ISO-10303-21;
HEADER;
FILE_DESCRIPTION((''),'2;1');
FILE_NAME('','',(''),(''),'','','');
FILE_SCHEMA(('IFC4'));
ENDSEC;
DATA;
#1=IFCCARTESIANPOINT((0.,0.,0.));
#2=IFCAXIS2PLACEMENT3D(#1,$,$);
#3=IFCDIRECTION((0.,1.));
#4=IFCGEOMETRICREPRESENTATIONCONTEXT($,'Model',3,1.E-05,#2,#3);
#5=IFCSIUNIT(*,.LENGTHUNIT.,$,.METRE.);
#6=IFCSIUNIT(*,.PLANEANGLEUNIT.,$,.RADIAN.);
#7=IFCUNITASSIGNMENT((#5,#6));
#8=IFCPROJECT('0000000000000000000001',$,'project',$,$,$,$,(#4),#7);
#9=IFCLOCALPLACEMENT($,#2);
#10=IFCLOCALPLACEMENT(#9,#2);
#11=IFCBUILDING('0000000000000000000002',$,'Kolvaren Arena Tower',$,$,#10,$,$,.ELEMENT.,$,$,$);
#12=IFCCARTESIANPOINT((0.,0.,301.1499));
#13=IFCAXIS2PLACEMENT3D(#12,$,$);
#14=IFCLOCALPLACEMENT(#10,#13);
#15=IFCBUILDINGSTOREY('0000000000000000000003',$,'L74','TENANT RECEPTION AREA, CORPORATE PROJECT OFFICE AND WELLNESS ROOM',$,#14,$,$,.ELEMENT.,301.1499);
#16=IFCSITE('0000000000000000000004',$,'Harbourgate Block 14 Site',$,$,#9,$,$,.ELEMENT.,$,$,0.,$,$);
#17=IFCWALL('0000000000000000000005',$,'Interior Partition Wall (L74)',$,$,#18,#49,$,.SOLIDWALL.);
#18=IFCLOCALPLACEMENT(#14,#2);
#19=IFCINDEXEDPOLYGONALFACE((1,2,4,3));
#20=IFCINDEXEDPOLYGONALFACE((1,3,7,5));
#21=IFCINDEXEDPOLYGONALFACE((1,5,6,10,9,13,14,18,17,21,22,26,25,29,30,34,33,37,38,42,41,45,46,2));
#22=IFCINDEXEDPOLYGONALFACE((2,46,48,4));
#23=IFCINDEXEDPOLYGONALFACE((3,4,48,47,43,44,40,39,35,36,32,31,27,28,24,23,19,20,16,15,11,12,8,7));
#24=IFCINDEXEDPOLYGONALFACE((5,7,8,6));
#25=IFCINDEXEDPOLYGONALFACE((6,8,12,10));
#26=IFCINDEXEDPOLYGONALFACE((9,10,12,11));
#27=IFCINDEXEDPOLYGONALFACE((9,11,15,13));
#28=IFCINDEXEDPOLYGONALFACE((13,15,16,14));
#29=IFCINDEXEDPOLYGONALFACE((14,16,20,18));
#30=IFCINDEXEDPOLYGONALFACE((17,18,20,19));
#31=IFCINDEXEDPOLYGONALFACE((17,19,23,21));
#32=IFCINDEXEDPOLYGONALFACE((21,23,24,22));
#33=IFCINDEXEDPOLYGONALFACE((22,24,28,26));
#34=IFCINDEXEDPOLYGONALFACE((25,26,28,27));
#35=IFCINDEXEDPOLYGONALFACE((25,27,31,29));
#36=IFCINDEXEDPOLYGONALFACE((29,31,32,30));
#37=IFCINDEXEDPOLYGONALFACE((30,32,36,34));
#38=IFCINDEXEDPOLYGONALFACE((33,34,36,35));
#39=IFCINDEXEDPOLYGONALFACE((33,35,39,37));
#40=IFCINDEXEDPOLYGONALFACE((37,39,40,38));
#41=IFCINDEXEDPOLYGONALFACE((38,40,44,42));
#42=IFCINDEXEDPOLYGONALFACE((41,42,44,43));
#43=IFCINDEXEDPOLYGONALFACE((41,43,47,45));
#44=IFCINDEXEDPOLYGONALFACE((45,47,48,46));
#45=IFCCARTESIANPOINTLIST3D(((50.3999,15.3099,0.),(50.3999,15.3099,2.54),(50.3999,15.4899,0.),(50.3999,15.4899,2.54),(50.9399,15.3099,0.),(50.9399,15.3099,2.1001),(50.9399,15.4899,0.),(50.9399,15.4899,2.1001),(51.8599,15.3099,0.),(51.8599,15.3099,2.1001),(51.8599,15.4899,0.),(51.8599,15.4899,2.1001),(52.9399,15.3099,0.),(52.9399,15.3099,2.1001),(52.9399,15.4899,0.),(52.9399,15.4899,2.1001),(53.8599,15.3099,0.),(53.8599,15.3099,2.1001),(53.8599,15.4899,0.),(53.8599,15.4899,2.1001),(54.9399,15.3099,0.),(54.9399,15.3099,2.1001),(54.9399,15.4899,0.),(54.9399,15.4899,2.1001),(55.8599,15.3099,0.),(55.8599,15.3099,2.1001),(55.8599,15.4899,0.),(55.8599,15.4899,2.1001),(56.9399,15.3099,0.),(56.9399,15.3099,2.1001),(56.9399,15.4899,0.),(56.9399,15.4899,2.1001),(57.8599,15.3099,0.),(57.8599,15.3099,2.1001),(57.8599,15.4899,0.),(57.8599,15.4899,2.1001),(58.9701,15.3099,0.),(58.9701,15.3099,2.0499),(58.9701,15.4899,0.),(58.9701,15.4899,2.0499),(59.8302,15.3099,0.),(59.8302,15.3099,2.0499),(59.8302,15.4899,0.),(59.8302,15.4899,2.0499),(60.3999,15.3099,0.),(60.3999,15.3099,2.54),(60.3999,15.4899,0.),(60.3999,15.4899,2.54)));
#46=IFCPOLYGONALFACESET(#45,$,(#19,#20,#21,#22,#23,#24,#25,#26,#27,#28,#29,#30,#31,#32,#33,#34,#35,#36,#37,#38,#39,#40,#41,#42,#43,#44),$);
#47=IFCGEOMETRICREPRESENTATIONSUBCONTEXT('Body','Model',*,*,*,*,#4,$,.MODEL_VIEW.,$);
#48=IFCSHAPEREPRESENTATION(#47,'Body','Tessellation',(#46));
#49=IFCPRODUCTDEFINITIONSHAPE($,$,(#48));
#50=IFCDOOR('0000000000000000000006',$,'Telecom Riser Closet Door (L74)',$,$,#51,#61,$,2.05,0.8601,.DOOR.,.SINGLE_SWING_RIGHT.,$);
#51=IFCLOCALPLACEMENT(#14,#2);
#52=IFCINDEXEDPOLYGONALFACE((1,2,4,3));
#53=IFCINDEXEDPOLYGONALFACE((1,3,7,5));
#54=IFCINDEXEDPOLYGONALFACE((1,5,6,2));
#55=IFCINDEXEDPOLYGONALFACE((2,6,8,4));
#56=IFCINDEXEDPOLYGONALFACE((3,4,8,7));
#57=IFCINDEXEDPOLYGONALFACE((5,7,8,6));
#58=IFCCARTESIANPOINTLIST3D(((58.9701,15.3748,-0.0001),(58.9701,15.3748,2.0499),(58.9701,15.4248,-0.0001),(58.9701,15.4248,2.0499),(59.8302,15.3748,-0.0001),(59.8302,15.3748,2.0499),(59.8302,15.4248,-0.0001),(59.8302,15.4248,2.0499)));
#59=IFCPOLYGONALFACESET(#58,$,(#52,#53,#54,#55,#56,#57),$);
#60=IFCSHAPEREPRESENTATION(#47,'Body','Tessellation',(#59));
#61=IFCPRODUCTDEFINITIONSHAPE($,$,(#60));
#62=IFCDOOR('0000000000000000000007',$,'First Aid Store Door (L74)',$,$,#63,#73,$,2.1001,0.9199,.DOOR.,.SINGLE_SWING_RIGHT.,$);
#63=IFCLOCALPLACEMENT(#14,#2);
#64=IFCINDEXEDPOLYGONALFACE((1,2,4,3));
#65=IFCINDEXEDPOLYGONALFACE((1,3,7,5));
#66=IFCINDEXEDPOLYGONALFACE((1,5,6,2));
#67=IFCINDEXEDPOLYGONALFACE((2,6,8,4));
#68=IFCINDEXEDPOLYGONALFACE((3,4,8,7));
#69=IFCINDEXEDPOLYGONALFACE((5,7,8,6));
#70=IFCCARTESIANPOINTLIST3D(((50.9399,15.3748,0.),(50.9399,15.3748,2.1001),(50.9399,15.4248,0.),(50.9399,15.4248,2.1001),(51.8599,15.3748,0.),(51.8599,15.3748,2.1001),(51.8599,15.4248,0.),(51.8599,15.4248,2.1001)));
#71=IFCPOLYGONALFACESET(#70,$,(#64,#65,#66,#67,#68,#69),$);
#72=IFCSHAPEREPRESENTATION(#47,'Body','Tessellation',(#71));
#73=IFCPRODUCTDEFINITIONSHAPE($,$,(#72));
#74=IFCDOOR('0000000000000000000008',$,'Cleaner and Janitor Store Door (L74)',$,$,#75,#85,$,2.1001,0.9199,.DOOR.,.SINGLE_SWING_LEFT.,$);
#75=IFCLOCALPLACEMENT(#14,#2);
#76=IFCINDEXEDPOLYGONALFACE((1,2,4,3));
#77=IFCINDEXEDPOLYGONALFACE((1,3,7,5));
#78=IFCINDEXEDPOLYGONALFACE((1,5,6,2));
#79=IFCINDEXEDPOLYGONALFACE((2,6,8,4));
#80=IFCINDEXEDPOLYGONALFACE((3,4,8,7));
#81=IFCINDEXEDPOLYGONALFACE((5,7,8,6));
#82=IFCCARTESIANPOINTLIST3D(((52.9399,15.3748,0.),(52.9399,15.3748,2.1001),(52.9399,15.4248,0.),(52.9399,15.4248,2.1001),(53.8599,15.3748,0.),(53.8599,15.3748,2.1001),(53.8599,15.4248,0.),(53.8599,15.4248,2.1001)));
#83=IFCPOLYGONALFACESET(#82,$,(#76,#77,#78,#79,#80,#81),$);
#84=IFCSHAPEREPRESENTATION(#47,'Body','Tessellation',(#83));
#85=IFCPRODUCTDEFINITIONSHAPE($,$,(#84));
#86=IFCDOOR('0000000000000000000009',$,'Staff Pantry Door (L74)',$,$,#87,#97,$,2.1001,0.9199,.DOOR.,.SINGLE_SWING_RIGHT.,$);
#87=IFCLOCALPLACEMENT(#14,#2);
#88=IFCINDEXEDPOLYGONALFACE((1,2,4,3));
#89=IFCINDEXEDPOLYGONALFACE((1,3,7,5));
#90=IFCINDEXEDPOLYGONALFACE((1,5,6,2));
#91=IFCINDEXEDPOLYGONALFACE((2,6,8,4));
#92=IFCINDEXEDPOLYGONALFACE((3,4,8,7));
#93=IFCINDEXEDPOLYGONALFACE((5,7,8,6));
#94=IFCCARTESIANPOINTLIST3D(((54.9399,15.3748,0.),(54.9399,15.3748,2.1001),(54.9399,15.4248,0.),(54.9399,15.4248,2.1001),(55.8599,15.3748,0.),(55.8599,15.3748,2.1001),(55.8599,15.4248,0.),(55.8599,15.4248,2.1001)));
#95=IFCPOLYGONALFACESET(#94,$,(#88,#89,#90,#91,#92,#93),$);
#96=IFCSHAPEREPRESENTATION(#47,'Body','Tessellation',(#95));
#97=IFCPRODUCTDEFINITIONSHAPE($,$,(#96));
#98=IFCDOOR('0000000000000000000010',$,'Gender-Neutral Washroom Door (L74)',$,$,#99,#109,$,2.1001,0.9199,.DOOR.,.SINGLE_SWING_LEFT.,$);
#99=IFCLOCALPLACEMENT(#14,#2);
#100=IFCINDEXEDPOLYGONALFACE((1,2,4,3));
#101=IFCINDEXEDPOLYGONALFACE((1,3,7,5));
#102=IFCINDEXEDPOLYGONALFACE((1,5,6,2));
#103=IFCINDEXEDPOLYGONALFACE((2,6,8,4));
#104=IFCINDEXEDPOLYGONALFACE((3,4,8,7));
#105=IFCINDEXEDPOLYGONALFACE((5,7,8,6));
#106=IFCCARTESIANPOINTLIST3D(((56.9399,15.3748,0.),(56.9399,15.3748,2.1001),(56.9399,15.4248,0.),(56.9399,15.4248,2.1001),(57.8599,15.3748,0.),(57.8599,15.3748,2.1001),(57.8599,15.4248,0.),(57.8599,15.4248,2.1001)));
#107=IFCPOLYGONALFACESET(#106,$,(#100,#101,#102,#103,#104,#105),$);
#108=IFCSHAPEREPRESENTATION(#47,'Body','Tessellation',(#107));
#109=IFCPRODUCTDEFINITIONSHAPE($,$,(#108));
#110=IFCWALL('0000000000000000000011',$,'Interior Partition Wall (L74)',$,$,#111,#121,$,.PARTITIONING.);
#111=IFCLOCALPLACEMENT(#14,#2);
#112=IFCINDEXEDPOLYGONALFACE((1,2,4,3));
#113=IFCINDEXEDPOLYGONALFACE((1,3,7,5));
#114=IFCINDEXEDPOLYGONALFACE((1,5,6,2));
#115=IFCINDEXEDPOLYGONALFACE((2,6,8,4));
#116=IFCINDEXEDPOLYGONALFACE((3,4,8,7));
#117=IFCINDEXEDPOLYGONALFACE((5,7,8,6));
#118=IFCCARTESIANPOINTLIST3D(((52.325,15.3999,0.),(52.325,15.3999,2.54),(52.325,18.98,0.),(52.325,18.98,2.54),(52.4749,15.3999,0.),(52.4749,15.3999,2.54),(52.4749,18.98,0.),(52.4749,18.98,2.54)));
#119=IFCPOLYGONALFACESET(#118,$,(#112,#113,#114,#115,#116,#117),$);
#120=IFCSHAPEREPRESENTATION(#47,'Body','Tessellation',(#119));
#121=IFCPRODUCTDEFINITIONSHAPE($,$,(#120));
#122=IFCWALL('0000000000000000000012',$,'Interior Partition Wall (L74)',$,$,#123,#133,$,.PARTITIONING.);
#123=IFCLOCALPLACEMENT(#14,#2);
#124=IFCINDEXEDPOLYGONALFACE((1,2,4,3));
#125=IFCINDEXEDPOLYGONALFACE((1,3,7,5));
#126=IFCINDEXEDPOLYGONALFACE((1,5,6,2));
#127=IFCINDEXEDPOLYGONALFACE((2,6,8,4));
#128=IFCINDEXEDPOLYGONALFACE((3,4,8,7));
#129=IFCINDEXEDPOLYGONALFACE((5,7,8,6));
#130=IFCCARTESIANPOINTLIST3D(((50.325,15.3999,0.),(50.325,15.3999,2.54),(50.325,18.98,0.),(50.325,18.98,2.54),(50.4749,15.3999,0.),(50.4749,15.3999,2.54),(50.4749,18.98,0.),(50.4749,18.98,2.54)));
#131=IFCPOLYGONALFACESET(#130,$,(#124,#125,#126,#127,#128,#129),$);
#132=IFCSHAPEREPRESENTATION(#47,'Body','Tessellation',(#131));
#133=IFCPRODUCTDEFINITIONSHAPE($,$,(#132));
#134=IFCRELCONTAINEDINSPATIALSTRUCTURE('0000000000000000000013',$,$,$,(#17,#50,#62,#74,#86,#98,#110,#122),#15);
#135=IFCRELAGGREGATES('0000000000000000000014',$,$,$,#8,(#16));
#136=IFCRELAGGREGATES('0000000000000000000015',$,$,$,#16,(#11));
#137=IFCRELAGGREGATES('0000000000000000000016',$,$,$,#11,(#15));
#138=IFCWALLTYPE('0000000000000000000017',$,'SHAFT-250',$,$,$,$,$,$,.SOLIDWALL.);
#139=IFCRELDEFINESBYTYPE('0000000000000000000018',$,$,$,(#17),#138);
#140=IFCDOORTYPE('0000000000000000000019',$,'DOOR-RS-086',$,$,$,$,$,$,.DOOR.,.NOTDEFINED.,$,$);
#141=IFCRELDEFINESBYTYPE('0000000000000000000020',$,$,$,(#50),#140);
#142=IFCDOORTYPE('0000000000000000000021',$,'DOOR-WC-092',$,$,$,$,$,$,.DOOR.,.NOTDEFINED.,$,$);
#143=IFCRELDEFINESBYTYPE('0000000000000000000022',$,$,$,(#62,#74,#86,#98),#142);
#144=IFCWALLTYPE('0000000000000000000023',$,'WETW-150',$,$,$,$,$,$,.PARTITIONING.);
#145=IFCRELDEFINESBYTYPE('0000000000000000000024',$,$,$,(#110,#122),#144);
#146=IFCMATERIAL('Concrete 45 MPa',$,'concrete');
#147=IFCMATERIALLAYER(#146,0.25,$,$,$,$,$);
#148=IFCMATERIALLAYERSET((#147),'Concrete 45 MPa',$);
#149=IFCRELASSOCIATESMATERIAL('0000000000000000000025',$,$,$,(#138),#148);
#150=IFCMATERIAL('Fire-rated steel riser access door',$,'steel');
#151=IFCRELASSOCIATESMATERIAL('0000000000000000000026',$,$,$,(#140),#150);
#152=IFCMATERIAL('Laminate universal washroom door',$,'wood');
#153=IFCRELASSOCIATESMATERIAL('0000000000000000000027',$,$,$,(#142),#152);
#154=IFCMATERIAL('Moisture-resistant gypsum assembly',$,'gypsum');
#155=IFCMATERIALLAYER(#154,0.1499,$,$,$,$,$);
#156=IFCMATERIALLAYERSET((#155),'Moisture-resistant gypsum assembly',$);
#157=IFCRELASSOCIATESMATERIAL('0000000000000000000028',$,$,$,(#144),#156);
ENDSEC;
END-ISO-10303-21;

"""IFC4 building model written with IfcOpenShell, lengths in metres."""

from ifc_helpers import new_model, si_unit, direction, frame, frame_2d, origin, place, context, subcontext, project, spatial, rectangle, extrude, material, layer, layer_set, type_object, element, fill, save


model = new_model("IFC4")

# Units and contexts
model_context = context("Model", 3, precision=1e-05, world=origin(), true_north=direction((0.0, 1.0)))
body_context = subcontext(model_context, "Body", "Model", "MODEL_VIEW")
ifc_project = project(units=[si_unit("LENGTHUNIT", "METRE"), si_unit("PLANEANGLEUNIT", "RADIAN")], contexts=[model_context])

# Site, building, storey
site_placement = place(None, origin())
site = spatial("IfcSite", under=ifc_project, at=site_placement, Name="Harbourgate Block 14 Site", CompositionType="ELEMENT", RefElevation=0.0)
building_placement = place(site_placement, origin())
building = spatial("IfcBuilding", under=site, at=building_placement, Name="Kolvaren Arena Tower", CompositionType="ELEMENT")
storey_placement = place(building_placement, frame((0.0, 0.0, 301.1499)))
storey = spatial("IfcBuildingStorey", under=building, at=storey_placement, Name="L74", Description="TENANT RECEPTION AREA, CORPORATE PROJECT OFFICE AND WELLNESS ROOM", CompositionType="ELEMENT", Elevation=301.1499)

# Wall, openings, doors
ifc_material_1 = material(Name="Concrete 45 MPa", Category="concrete")
ifc_layer_1 = layer(ifc_material_1, 0.25)
ifc_layer_set_1 = layer_set([ifc_layer_1], Name="Concrete 45 MPa")
wall_type_1 = type_object("IfcWallType", Name="SHAFT-250", PredefinedType="SOLIDWALL", material=ifc_layer_set_1)
wall_1_placement = place(storey_placement, frame((50.3999, 15.3999, 0.0), z_axis=(0.0, 0.0, 1.0), x_axis=(1.0, 0.0, 0.0)))
wall_1 = element("IfcWall", 1, at=wall_1_placement, inside=storey, type_object=wall_type_1, Name="Interior Partition Wall (L74)", PredefinedType="SOLIDWALL", context=body_context, shape_type="SweptSolid", body=[
    extrude(rectangle(XDim=10.0, YDim=0.1799, at=frame_2d((5.0, 0.0))), origin(), (0.0, 0.0, 1.0), 2.54),
])
opening_1_placement = place(wall_1_placement, frame((0.54, 0.0, 0.0)))
opening_1 = element("IfcOpeningElement", 2, at=opening_1_placement, cuts=wall_1, PredefinedType="OPENING", context=body_context, shape_type="SweptSolid", body=[
    extrude(rectangle(XDim=0.9199, YDim=2.1001, at=frame_2d((0.46, 1.05))), frame((0.0, 0.0999, 0.0), z_axis=(0.0, -1.0, 0.0), x_axis=(1.0, 0.0, 0.0)), (0.0, 0.0, 1.0), 0.2),
])
opening_2_placement = place(wall_1_placement, frame((2.54, 0.0, 0.0)))
opening_2 = element("IfcOpeningElement", 3, at=opening_2_placement, cuts=wall_1, PredefinedType="OPENING", context=body_context, shape_type="SweptSolid", body=[
    extrude(rectangle(XDim=0.9199, YDim=2.1001, at=frame_2d((0.46, 1.05))), frame((0.0, 0.0999, 0.0), z_axis=(0.0, -1.0, 0.0), x_axis=(1.0, 0.0, 0.0)), (0.0, 0.0, 1.0), 0.2),
])
opening_3_placement = place(wall_1_placement, frame((4.54, 0.0, 0.0)))
opening_3 = element("IfcOpeningElement", 4, at=opening_3_placement, cuts=wall_1, PredefinedType="OPENING", context=body_context, shape_type="SweptSolid", body=[
    extrude(rectangle(XDim=0.9199, YDim=2.1001, at=frame_2d((0.46, 1.05))), frame((0.0, 0.0999, 0.0), z_axis=(0.0, -1.0, 0.0), x_axis=(1.0, 0.0, 0.0)), (0.0, 0.0, 1.0), 0.2),
])
opening_4_placement = place(wall_1_placement, frame((6.54, 0.0, 0.0)))
opening_4 = element("IfcOpeningElement", 5, at=opening_4_placement, cuts=wall_1, PredefinedType="OPENING", context=body_context, shape_type="SweptSolid", body=[
    extrude(rectangle(XDim=0.9199, YDim=2.1001, at=frame_2d((0.46, 1.05))), frame((0.0, 0.0999, 0.0), z_axis=(0.0, -1.0, 0.0), x_axis=(1.0, 0.0, 0.0)), (0.0, 0.0, 1.0), 0.2),
])
opening_5_placement = place(wall_1_placement, frame((8.5701, 0.0, 0.0)))
opening_5 = element("IfcOpeningElement", 6, at=opening_5_placement, cuts=wall_1, PredefinedType="OPENING", context=body_context, shape_type="SweptSolid", body=[
    extrude(rectangle(XDim=0.8601, YDim=2.05, at=frame_2d((0.4302, 1.0249))), frame((0.0, 0.0999, 0.0), z_axis=(0.0, -1.0, 0.0), x_axis=(1.0, 0.0, 0.0)), (0.0, 0.0, 1.0), 0.2),
])
ifc_material_2 = material(Name="Fire-rated steel riser access door", Category="steel")
door_type_1 = type_object("IfcDoorType", Name="DOOR-RS-086", OperationType="NOTDEFINED", PredefinedType="DOOR", material=ifc_material_2)
door_1_placement = place(opening_5_placement, origin())
door_1 = element("IfcDoor", 7, at=door_1_placement, inside=storey, type_object=door_type_1, Name="Telecom Riser Closet Door (L74)", OperationType="SINGLE_SWING_RIGHT", OverallHeight=2.05, OverallWidth=0.8601, PredefinedType="DOOR", context=body_context, shape_type="SweptSolid", body=[
    extrude(rectangle(XDim=0.8601, YDim=2.05, at=frame_2d((0.4302, 1.0249))), frame((0.0, 0.0249, 0.0), z_axis=(0.0, -1.0, 0.0), x_axis=(1.0, 0.0, 0.0)), (0.0, 0.0, 1.0), 0.05),
])
fill(opening_5, door_1)
ifc_material_3 = material(Name="Laminate universal washroom door", Category="wood")
door_type_2 = type_object("IfcDoorType", Name="DOOR-WC-092", OperationType="NOTDEFINED", PredefinedType="DOOR", material=ifc_material_3)
door_2_placement = place(opening_1_placement, origin())
door_2 = element("IfcDoor", 8, at=door_2_placement, inside=storey, type_object=door_type_2, Name="First Aid Store Door (L74)", OperationType="SINGLE_SWING_RIGHT", OverallHeight=2.1001, OverallWidth=0.9199, PredefinedType="DOOR", context=body_context, shape_type="SweptSolid", body=[
    extrude(rectangle(XDim=0.9199, YDim=2.1001, at=frame_2d((0.46, 1.05))), frame((0.0, 0.0249, 0.0), z_axis=(0.0, -1.0, 0.0), x_axis=(1.0, 0.0, 0.0)), (0.0, 0.0, 1.0), 0.05),
])
fill(opening_1, door_2)
door_3_placement = place(opening_2_placement, origin())
door_3 = element("IfcDoor", 9, at=door_3_placement, inside=storey, type_object=door_type_2, Name="Cleaner and Janitor Store Door (L74)", OperationType="SINGLE_SWING_LEFT", OverallHeight=2.1001, OverallWidth=0.9199, PredefinedType="DOOR", context=body_context, shape_type="SweptSolid", body=[
    extrude(rectangle(XDim=0.9199, YDim=2.1001, at=frame_2d((0.46, 1.05))), frame((0.0, 0.0249, 0.0), z_axis=(0.0, -1.0, 0.0), x_axis=(1.0, 0.0, 0.0)), (0.0, 0.0, 1.0), 0.05),
])
fill(opening_2, door_3)
door_4_placement = place(opening_3_placement, origin())
door_4 = element("IfcDoor", 10, at=door_4_placement, inside=storey, type_object=door_type_2, Name="Staff Pantry Door (L74)", OperationType="SINGLE_SWING_RIGHT", OverallHeight=2.1001, OverallWidth=0.9199, PredefinedType="DOOR", context=body_context, shape_type="SweptSolid", body=[
    extrude(rectangle(XDim=0.9199, YDim=2.1001, at=frame_2d((0.46, 1.05))), frame((0.0, 0.0249, 0.0), z_axis=(0.0, -1.0, 0.0), x_axis=(1.0, 0.0, 0.0)), (0.0, 0.0, 1.0), 0.05),
])
fill(opening_3, door_4)
door_5_placement = place(opening_4_placement, origin())
door_5 = element("IfcDoor", 11, at=door_5_placement, inside=storey, type_object=door_type_2, Name="Gender-Neutral Washroom Door (L74)", OperationType="SINGLE_SWING_LEFT", OverallHeight=2.1001, OverallWidth=0.9199, PredefinedType="DOOR", context=body_context, shape_type="SweptSolid", body=[
    extrude(rectangle(XDim=0.9199, YDim=2.1001, at=frame_2d((0.46, 1.05))), frame((0.0, 0.0249, 0.0), z_axis=(0.0, -1.0, 0.0), x_axis=(1.0, 0.0, 0.0)), (0.0, 0.0, 1.0), 0.05),
])
fill(opening_4, door_5)

# Walls
ifc_material_4 = material(Name="Moisture-resistant gypsum assembly", Category="gypsum")
ifc_layer_2 = layer(ifc_material_4, 0.1499)
ifc_layer_set_2 = layer_set([ifc_layer_2], Name="Moisture-resistant gypsum assembly")
wall_type_2 = type_object("IfcWallType", Name="WETW-150", PredefinedType="PARTITIONING", material=ifc_layer_set_2)
for number, where, z_axis, x_axis, name in (
    (12, (52.3999, 15.3999, 0.0), (0.0, 0.0, 1.0), (0.0, 1.0, 0.0), "Interior Partition Wall (L74)"),
    (13, (50.3999, 15.3999, 0.0), (0.0, 0.0, 1.0), (0.0, 1.0, 0.0), "Interior Partition Wall (L74)"),
):
    element("IfcWall", number, at=place(storey_placement, frame(where, z_axis=z_axis, x_axis=x_axis)), inside=storey, type_object=wall_type_2, Name=name, PredefinedType="PARTITIONING", context=body_context, shape_type="SweptSolid", body=[
        extrude(rectangle(XDim=3.5801, YDim=0.1499, at=frame_2d((1.79, 0.0))), origin(), (0.0, 0.0, 1.0), 2.54),
    ])

save(model, "model.ifc")
